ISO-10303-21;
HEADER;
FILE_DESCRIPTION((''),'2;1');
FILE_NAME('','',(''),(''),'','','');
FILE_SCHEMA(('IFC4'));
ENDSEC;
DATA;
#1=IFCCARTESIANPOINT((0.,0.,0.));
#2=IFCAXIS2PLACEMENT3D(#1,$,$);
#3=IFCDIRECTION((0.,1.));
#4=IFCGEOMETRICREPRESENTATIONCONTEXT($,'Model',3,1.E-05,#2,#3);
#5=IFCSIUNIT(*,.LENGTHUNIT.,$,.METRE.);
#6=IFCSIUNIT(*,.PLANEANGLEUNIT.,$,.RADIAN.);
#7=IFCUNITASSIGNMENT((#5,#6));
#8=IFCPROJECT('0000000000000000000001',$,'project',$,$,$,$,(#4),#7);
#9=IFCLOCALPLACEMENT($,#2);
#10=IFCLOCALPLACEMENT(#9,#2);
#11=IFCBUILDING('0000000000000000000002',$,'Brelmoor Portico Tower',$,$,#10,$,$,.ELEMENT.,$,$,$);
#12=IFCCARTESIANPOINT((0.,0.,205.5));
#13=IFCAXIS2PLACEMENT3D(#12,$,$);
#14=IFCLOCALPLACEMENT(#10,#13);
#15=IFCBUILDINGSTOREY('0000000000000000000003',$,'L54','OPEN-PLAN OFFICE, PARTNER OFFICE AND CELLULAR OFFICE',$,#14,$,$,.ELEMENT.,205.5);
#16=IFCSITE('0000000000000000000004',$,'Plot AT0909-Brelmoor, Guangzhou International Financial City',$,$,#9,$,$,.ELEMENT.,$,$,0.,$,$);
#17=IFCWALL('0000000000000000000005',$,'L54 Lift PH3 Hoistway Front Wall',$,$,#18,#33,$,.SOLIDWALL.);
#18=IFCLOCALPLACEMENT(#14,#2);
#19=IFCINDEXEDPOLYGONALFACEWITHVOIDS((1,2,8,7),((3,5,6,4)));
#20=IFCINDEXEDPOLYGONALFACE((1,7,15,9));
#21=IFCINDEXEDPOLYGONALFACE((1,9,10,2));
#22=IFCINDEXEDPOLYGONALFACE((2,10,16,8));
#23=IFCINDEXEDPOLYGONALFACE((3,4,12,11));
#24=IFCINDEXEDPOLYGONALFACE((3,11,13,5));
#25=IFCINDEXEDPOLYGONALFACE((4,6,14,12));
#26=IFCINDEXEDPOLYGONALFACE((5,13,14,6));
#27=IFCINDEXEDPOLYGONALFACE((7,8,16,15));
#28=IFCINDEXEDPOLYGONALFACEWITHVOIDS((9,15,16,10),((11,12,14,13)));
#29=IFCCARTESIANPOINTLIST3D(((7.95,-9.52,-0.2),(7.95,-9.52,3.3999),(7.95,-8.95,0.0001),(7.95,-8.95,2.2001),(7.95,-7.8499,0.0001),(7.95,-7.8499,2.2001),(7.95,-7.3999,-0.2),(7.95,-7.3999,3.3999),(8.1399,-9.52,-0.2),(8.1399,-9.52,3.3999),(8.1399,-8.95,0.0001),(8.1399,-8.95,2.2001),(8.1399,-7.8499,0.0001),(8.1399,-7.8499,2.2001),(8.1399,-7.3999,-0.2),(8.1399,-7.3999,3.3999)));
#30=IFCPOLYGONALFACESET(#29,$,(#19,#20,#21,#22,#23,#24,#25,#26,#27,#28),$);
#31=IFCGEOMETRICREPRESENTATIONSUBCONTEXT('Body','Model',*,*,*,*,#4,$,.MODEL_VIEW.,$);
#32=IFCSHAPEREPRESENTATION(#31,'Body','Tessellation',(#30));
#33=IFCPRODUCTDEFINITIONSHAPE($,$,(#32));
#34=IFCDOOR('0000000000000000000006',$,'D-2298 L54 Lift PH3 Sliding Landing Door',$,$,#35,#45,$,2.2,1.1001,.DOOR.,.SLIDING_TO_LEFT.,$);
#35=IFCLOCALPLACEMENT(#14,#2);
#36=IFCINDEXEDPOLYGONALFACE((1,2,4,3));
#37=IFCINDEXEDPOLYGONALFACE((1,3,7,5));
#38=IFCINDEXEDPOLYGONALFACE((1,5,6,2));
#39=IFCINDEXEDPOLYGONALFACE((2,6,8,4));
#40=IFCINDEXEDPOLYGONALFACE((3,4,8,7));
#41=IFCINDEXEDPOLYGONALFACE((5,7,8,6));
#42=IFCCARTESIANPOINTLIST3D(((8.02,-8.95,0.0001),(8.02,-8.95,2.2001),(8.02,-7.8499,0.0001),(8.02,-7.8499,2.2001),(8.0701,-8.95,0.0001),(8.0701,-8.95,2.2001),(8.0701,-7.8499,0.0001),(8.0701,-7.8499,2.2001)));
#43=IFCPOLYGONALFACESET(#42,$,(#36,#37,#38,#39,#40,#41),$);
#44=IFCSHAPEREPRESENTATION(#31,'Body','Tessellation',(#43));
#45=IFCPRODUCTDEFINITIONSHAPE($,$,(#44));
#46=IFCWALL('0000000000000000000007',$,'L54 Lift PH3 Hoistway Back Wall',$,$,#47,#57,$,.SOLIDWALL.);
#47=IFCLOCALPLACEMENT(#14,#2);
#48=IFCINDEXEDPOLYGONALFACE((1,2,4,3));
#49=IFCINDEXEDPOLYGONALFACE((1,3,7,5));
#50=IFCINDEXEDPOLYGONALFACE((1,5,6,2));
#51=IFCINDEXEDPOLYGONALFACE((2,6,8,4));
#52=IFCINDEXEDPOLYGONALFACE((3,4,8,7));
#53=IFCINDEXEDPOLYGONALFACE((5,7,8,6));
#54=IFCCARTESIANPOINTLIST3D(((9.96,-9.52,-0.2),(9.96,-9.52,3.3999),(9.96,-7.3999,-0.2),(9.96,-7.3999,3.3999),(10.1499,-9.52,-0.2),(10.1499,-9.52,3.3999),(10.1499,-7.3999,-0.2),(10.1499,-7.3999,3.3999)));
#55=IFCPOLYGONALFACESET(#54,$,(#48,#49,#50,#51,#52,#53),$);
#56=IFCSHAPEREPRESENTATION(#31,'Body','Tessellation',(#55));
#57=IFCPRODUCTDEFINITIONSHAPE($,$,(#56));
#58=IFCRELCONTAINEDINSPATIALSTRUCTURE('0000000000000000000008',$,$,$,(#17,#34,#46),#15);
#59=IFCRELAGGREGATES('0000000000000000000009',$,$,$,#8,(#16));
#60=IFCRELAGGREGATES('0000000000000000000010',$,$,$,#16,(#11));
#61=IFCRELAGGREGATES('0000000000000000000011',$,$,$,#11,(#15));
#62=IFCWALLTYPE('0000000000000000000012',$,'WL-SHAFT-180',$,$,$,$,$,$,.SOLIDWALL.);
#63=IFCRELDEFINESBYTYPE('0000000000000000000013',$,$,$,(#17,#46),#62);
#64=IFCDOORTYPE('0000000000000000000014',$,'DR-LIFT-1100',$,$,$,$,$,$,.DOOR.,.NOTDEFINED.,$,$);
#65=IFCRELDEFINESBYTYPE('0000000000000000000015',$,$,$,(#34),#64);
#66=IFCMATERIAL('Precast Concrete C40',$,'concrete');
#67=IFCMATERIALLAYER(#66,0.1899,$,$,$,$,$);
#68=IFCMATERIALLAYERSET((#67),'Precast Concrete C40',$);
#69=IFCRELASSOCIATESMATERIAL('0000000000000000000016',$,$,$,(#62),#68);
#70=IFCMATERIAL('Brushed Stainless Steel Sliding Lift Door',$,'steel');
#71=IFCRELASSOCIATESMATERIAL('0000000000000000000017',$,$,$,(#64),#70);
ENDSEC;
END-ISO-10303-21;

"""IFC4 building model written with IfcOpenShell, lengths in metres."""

from ifc_helpers import new_model, si_unit, direction, frame, frame_2d, origin, place, context, subcontext, project, spatial, rectangle, extrude, material, layer, layer_set, type_object, element, fill, save


model = new_model("IFC4")

# Units and contexts
model_context = context("Model", 3, precision=1e-05, world=origin(), true_north=direction((0.0, 1.0)))
body_context = subcontext(model_context, "Body", "Model", "MODEL_VIEW")
ifc_project = project(units=[si_unit("LENGTHUNIT", "METRE"), si_unit("PLANEANGLEUNIT", "RADIAN")], contexts=[model_context])

# Site, building, storey
site_placement = place(None, origin())
site = spatial("IfcSite", under=ifc_project, at=site_placement, Name="Plot AT0909-Brelmoor, Guangzhou International Financial City", CompositionType="ELEMENT", RefElevation=0.0)
building_placement = place(site_placement, origin())
building = spatial("IfcBuilding", under=site, at=building_placement, Name="Brelmoor Portico Tower", CompositionType="ELEMENT")
storey_placement = place(building_placement, frame((0.0, 0.0, 205.5)))
storey = spatial("IfcBuildingStorey", under=building, at=storey_placement, Name="L54", Description="OPEN-PLAN OFFICE, PARTNER OFFICE AND CELLULAR OFFICE", CompositionType="ELEMENT", Elevation=205.5)

# Wall, opening, door
ifc_material_1 = material(Name="Precast Concrete C40", Category="concrete")
ifc_layer_1 = layer(ifc_material_1, 0.1899)
ifc_layer_set_1 = layer_set([ifc_layer_1], Name="Precast Concrete C40")
wall_type_1 = type_object("IfcWallType", Name="WL-SHAFT-180", PredefinedType="SOLIDWALL", material=ifc_layer_set_1)
wall_1_placement = place(storey_placement, frame((8.0449, -9.52, -0.2), z_axis=(0.0, 0.0, 1.0), x_axis=(0.0, 1.0, 0.0)))
wall_1 = element("IfcWall", 1, at=wall_1_placement, inside=storey, type_object=wall_type_1, Name="L54 Lift PH3 Hoistway Front Wall", PredefinedType="SOLIDWALL", context=body_context, shape_type="SweptSolid", body=[
    extrude(rectangle(XDim=2.1201, YDim=0.1899, at=frame_2d((1.0601, 0.0))), origin(), (0.0, 0.0, 1.0), 3.5999),
])
opening_1_placement = place(wall_1_placement, frame((0.5701, 0.0, 0.2)))
opening_1 = element("IfcOpeningElement", 2, at=opening_1_placement, cuts=wall_1, PredefinedType="OPENING", context=body_context, shape_type="SweptSolid", body=[
    extrude(rectangle(XDim=1.1001, YDim=2.2, at=frame_2d((0.55, 1.1001))), frame((0.0, 0.105, 0.0), z_axis=(0.0, -1.0, 0.0), x_axis=(1.0, 0.0, 0.0)), (0.0, 0.0, 1.0), 0.21),
])
ifc_material_2 = material(Name="Brushed Stainless Steel Sliding Lift Door", Category="steel")
door_type_1 = type_object("IfcDoorType", Name="DR-LIFT-1100", OperationType="NOTDEFINED", PredefinedType="DOOR", material=ifc_material_2)
door_1_placement = place(opening_1_placement, origin())
door_1 = element("IfcDoor", 3, at=door_1_placement, inside=storey, type_object=door_type_1, Name="D-2298 L54 Lift PH3 Sliding Landing Door", OperationType="SLIDING_TO_LEFT", OverallHeight=2.2, OverallWidth=1.1001, PredefinedType="DOOR", context=body_context, shape_type="SweptSolid", body=[
    extrude(rectangle(XDim=1.1001, YDim=2.2, at=frame_2d((0.55, 1.1001))), frame((0.0, 0.0249, 0.0), z_axis=(0.0, -1.0, 0.0), x_axis=(1.0, 0.0, 0.0)), (0.0, 0.0, 1.0), 0.05),
])
fill(opening_1, door_1)

# Wall
wall_2_placement = place(storey_placement, frame((10.0549, -9.52, -0.2), z_axis=(0.0, 0.0, 1.0), x_axis=(0.0, 1.0, 0.0)))
element("IfcWall", 4, at=wall_2_placement, inside=storey, type_object=wall_type_1, Name="L54 Lift PH3 Hoistway Back Wall", PredefinedType="SOLIDWALL", context=body_context, shape_type="SweptSolid", body=[
    extrude(rectangle(XDim=2.1201, YDim=0.1899, at=frame_2d((1.0601, 0.0))), origin(), (0.0, 0.0, 1.0), 3.5999),
])

save(model, "model.ifc")
